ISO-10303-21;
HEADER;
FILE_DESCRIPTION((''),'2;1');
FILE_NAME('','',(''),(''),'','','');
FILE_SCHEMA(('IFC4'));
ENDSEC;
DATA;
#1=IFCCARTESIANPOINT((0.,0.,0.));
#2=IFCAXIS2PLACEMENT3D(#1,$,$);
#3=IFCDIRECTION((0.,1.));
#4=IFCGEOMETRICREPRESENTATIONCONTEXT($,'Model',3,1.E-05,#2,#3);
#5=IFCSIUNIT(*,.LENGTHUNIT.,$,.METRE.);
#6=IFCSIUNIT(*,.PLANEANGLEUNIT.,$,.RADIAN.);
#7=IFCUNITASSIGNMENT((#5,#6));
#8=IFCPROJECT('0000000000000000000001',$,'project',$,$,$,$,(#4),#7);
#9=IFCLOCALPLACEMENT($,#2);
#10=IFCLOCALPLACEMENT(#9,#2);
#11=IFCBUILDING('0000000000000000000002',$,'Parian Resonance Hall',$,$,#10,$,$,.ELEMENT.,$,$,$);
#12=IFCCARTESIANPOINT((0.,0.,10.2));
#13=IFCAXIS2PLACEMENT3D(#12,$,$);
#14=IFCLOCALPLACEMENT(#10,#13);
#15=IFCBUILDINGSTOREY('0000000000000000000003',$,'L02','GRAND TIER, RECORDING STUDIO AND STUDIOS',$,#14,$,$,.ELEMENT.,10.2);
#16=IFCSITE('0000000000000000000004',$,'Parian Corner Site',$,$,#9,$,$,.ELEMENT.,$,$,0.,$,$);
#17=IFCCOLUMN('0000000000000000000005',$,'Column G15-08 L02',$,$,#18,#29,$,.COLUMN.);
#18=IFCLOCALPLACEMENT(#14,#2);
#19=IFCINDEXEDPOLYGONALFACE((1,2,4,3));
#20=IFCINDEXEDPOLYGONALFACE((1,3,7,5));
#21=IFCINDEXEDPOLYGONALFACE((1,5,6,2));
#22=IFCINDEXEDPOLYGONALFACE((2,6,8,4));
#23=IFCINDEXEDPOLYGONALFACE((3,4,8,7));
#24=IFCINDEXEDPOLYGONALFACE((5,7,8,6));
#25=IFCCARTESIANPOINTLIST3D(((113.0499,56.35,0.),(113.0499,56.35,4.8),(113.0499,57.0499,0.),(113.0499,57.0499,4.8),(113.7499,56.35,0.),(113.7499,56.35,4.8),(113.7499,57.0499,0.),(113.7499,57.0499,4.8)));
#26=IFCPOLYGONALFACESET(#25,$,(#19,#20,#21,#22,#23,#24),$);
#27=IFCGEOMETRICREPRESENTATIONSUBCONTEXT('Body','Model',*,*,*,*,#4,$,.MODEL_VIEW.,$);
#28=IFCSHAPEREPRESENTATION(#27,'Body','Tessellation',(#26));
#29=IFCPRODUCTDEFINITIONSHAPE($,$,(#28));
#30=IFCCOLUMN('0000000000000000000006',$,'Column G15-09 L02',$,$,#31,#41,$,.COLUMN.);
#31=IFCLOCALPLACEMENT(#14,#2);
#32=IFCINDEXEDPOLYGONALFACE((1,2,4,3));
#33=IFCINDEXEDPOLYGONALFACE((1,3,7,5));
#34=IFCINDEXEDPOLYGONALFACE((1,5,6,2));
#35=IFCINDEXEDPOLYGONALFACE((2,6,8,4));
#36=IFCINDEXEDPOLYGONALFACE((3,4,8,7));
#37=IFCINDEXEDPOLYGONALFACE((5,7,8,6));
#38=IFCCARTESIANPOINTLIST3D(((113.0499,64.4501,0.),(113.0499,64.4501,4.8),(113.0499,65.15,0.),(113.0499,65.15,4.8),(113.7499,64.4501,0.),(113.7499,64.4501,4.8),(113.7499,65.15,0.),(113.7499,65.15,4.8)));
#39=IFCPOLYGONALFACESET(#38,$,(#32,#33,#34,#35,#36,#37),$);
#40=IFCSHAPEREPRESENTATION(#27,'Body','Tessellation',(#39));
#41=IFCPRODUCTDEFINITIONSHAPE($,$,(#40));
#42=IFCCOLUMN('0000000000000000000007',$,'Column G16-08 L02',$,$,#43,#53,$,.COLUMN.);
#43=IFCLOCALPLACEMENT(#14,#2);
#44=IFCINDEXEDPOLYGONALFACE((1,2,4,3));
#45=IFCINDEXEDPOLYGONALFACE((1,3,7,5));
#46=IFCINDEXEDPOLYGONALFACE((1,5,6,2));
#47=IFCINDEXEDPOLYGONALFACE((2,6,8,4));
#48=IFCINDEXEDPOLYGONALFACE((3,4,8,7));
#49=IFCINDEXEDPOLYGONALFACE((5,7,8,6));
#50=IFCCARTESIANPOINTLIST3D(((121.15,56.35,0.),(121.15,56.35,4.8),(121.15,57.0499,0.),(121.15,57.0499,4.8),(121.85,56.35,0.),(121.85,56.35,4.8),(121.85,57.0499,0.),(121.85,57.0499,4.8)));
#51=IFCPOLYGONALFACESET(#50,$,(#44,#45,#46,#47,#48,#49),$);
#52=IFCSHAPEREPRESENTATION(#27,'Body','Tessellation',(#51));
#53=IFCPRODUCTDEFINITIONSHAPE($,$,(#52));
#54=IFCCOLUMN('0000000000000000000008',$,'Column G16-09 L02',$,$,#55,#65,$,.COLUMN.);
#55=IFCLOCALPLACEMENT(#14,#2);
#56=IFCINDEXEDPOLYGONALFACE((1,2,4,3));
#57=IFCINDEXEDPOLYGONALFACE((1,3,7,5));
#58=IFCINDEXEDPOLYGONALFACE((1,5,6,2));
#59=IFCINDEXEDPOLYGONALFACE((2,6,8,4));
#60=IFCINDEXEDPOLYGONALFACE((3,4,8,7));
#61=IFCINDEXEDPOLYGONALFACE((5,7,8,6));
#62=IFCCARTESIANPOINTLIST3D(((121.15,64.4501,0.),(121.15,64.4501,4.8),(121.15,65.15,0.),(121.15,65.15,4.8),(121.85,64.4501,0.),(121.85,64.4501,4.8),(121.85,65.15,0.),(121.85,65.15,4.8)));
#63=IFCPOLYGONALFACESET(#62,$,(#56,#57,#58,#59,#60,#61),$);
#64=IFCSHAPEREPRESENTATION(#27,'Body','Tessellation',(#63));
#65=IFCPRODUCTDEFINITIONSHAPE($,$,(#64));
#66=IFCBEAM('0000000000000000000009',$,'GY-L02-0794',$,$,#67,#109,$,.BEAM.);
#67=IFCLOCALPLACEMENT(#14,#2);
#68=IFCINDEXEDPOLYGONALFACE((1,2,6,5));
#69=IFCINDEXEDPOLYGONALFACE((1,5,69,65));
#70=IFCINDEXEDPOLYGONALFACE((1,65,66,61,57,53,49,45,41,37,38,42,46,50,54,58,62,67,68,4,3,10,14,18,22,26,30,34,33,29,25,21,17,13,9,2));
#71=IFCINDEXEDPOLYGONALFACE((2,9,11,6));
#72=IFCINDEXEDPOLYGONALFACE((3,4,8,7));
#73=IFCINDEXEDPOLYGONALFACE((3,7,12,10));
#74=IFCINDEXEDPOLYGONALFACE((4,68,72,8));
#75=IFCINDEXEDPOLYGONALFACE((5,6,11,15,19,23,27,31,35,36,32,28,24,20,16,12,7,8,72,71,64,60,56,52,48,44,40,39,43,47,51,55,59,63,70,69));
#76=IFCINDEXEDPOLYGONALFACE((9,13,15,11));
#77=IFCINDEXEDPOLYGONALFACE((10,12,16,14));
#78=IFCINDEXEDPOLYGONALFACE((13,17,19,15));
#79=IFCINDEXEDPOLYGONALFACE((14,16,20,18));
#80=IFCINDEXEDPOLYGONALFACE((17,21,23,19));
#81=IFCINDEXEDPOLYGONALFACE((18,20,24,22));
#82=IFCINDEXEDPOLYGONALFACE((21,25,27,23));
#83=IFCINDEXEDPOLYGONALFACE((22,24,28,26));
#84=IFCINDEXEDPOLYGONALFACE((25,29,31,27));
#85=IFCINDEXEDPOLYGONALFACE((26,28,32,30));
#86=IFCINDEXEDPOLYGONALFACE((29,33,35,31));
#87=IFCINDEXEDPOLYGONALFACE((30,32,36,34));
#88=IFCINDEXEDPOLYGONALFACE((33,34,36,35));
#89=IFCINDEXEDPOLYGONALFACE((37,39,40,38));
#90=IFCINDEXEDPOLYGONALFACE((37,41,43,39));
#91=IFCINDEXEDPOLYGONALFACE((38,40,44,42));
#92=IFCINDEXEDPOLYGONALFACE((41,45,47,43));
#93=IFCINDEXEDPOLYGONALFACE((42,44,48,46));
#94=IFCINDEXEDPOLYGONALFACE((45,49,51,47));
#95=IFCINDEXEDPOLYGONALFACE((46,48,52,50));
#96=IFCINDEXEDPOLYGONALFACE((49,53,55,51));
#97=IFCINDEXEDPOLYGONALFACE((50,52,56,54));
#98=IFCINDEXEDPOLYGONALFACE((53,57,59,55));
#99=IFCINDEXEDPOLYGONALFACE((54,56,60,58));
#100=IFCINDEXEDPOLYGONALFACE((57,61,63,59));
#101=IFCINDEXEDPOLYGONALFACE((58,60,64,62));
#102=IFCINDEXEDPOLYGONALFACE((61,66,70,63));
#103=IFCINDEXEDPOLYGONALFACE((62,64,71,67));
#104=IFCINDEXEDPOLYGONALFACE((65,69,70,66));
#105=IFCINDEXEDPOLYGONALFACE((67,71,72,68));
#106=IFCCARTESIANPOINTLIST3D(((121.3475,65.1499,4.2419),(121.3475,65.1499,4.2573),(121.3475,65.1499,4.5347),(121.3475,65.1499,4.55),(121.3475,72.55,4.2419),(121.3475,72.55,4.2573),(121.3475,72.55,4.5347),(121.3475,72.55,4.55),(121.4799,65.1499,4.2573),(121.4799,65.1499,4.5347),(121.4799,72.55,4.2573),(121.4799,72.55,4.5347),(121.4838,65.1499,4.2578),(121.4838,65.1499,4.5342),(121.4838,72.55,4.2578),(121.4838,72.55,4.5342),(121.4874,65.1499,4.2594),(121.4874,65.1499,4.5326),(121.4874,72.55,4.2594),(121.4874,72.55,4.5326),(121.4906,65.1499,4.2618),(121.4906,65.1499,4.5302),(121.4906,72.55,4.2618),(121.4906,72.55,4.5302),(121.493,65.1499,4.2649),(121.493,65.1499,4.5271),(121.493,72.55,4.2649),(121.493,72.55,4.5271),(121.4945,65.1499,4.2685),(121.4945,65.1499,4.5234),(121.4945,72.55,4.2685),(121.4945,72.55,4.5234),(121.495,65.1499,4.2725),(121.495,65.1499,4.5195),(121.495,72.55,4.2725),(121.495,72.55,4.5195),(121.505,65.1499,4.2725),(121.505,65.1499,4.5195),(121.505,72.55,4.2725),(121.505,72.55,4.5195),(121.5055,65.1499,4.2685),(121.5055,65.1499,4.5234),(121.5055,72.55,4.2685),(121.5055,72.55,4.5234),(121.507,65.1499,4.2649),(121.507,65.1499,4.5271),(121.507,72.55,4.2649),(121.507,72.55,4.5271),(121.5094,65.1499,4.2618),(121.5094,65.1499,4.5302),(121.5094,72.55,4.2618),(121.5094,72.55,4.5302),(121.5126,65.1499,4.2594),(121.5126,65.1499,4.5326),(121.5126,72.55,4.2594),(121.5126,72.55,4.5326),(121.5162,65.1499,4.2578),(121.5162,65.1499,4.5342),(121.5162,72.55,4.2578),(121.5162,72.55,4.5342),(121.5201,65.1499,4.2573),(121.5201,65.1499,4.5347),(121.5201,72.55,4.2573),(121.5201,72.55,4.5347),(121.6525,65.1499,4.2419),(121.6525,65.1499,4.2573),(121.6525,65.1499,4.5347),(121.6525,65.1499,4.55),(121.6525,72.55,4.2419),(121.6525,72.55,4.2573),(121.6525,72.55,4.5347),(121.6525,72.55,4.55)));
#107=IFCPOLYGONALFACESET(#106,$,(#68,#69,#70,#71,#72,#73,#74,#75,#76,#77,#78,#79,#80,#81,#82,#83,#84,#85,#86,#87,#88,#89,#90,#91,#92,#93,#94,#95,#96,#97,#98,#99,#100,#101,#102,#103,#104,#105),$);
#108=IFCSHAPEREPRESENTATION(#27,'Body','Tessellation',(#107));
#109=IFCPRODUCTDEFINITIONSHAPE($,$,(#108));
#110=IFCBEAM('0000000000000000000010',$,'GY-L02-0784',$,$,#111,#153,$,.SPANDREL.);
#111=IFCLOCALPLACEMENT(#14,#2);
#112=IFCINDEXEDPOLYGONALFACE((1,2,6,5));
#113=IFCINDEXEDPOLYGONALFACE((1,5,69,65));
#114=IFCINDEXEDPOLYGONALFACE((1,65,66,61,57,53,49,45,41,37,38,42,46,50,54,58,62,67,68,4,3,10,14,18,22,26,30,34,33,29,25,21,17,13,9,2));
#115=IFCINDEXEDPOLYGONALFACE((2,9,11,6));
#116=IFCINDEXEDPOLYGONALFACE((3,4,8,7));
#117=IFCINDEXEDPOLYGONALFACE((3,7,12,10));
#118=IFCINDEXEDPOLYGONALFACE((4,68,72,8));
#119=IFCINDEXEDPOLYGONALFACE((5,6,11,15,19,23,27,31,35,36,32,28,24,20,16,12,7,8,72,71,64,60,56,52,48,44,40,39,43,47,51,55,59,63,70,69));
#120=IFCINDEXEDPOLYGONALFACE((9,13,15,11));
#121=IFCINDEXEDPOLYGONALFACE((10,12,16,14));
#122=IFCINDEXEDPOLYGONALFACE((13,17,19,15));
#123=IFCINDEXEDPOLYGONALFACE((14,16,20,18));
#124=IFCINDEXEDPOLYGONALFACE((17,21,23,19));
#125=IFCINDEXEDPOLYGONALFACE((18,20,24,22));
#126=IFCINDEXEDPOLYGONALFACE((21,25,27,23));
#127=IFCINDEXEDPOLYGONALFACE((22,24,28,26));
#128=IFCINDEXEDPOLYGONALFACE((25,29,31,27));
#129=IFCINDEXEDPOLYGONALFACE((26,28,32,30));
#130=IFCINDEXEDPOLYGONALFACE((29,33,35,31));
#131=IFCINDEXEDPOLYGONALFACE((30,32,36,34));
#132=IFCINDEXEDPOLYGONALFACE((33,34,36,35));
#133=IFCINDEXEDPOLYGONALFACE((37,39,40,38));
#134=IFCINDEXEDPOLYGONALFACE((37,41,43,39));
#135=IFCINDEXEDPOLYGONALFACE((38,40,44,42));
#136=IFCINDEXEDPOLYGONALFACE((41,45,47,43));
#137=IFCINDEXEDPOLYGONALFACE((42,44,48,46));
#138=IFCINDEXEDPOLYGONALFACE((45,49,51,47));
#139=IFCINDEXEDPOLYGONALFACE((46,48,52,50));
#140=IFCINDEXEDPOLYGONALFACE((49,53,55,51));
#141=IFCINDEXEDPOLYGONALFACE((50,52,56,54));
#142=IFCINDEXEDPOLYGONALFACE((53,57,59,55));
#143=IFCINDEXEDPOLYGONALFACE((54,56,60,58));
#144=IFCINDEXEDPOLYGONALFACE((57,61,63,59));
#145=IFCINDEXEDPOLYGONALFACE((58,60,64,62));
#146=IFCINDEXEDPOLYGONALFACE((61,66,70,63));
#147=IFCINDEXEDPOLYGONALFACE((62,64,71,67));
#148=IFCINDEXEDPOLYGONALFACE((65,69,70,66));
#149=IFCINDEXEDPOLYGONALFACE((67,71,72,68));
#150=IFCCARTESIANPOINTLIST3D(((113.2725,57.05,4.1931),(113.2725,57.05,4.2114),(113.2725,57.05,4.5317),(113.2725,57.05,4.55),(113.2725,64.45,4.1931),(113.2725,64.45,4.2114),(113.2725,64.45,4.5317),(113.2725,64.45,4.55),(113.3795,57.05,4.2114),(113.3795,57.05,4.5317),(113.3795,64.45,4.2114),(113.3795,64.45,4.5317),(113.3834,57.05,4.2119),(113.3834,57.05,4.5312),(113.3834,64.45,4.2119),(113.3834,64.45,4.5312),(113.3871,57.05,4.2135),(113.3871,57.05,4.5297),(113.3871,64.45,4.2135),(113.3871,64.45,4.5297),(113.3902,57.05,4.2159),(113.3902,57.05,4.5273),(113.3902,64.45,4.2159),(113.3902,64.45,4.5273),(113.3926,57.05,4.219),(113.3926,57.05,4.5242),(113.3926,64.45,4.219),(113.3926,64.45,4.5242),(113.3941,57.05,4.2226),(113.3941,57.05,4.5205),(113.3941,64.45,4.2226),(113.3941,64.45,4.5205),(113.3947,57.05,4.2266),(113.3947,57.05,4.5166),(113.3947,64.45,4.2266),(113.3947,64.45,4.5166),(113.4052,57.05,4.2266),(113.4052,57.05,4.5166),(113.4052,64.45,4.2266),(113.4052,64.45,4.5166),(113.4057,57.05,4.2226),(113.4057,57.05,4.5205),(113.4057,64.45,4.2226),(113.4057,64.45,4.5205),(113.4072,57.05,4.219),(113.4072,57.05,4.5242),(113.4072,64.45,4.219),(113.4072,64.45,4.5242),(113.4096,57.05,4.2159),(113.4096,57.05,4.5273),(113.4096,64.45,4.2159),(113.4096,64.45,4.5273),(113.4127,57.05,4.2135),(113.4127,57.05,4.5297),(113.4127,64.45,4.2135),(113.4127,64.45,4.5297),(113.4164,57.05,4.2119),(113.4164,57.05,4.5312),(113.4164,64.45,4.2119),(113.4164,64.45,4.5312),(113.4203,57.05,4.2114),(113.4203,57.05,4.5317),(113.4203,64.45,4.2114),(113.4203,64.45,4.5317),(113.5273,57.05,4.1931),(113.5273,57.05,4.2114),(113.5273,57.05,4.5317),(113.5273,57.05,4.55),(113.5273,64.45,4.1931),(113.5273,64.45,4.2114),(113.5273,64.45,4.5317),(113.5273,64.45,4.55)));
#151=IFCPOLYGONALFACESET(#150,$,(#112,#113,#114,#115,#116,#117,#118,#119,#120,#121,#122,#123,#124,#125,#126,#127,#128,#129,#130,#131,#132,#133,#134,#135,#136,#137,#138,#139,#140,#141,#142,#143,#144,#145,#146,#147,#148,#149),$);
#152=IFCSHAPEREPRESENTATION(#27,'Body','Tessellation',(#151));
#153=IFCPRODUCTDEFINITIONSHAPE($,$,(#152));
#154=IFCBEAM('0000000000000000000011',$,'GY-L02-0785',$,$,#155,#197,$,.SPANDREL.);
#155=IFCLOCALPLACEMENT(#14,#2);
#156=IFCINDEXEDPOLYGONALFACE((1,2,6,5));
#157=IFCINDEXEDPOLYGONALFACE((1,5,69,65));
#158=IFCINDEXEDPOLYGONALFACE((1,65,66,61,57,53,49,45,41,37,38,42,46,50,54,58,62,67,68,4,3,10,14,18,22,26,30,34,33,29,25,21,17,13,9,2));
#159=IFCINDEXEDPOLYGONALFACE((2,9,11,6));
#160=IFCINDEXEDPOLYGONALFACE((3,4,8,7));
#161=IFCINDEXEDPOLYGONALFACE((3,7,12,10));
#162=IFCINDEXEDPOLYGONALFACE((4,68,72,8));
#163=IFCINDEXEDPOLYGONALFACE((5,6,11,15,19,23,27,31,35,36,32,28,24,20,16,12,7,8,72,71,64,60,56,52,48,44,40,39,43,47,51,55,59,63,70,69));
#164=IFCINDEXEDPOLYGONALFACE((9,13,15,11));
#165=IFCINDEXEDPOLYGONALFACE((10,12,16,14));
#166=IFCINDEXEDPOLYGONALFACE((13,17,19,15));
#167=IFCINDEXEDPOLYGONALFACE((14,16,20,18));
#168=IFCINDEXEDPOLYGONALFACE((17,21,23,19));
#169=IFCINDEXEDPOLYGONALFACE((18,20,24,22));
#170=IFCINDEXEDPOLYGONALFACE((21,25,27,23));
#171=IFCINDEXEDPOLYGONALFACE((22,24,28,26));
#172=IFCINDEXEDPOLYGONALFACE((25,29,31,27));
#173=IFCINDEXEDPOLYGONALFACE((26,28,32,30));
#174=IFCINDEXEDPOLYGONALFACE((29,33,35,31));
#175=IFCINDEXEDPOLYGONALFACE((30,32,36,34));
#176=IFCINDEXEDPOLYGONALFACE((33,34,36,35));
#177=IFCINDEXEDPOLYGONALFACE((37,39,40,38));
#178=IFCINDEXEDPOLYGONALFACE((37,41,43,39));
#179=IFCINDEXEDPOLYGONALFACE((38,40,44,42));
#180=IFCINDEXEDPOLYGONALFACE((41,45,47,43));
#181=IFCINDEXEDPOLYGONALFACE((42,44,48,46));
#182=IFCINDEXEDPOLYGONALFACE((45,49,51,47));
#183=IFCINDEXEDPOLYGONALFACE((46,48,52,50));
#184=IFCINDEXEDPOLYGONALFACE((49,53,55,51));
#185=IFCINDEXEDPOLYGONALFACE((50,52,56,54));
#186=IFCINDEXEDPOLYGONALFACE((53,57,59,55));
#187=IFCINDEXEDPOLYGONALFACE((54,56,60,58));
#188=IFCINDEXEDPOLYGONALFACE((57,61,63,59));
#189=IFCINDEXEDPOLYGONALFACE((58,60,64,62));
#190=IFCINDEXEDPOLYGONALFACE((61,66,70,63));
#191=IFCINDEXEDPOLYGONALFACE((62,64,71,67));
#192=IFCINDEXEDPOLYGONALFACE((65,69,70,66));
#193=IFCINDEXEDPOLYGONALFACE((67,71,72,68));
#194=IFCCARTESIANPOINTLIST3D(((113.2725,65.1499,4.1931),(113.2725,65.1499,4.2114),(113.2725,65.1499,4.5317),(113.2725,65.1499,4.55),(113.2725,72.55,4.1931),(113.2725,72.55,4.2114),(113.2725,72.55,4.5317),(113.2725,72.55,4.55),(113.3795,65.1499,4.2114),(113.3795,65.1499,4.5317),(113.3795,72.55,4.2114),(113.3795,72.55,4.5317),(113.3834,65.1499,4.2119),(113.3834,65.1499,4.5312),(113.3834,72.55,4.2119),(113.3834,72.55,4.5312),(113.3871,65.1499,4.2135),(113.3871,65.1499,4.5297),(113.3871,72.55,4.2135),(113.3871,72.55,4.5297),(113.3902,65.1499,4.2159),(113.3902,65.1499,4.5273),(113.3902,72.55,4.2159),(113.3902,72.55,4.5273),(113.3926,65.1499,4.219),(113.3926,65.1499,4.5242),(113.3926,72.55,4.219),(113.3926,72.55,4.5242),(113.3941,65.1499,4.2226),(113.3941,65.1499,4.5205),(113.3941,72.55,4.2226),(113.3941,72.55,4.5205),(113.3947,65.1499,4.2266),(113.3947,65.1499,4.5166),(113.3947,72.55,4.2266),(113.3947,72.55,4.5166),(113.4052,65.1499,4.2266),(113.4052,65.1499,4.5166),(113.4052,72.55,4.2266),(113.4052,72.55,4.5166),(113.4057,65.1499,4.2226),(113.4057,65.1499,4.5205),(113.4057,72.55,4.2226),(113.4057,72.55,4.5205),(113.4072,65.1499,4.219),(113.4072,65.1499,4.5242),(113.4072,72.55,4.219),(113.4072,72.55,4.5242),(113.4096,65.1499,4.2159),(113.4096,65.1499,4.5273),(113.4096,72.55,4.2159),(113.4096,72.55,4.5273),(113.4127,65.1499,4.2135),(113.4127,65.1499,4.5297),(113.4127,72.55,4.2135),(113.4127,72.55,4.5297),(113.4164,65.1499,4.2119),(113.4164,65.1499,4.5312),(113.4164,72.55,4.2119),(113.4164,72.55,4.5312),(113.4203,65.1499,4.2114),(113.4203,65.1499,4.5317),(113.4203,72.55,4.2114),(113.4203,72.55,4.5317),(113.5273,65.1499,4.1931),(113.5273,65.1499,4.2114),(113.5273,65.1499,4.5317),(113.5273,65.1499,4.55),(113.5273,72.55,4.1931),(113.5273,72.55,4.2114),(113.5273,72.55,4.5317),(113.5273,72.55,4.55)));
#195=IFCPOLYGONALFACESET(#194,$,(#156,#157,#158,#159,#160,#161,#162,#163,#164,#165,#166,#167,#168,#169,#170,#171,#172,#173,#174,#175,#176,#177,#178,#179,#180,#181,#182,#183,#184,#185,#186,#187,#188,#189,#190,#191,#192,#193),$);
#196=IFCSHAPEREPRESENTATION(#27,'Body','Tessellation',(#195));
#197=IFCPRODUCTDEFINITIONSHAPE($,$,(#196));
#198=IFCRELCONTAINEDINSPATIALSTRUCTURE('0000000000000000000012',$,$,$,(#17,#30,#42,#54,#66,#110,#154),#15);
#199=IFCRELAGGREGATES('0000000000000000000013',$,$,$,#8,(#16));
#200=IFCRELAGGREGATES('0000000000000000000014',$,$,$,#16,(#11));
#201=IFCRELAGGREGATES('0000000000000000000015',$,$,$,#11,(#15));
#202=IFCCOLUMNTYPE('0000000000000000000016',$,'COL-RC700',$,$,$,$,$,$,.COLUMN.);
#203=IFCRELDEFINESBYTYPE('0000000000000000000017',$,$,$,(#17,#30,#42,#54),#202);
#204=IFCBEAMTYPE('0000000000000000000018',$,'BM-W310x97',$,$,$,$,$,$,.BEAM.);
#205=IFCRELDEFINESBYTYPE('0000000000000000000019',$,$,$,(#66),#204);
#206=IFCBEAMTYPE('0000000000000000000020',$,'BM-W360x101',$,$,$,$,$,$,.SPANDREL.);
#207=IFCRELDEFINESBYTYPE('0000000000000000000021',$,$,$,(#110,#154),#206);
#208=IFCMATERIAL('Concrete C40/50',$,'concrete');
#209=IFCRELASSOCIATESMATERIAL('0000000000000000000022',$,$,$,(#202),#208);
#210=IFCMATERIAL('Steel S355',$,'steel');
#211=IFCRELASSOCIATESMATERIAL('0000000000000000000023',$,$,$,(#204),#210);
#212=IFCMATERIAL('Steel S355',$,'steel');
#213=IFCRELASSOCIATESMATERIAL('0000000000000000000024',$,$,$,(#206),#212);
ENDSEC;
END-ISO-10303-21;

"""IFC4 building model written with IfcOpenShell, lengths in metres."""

from ifc_helpers import new_model, si_unit, direction, frame, origin, origin_2d, place, context, subcontext, project, spatial, rectangle, i_section, extrude, material, material_profile, profile_set, type_object, element, save


model = new_model("IFC4")

# Units and contexts
model_context = context("Model", 3, precision=1e-05, world=origin(), true_north=direction((0.0, 1.0)))
body_context = subcontext(model_context, "Body", "Model", "MODEL_VIEW")
ifc_project = project(units=[si_unit("LENGTHUNIT", "METRE"), si_unit("PLANEANGLEUNIT", "RADIAN")], contexts=[model_context])

# Site, building, storey
site_placement = place(None, origin())
site = spatial("IfcSite", under=ifc_project, at=site_placement, Name="Parian Corner Site", CompositionType="ELEMENT", RefElevation=0.0)
building_placement = place(site_placement, origin())
building = spatial("IfcBuilding", under=site, at=building_placement, Name="Parian Resonance Hall", CompositionType="ELEMENT")
storey_placement = place(building_placement, frame((0.0, 0.0, 10.2)))
storey = spatial("IfcBuildingStorey", under=building, at=storey_placement, Name="L02", Description="GRAND TIER, RECORDING STUDIO AND STUDIOS", CompositionType="ELEMENT", Elevation=10.2)

# Columns
ifc_material_1 = material(Name="Concrete C40/50", Category="concrete")
ifc_material_profile_1 = material_profile(ifc_material_1, rectangle(XDim=0.7, YDim=0.7, at=origin_2d()), Name="RC-COL-700x700")
ifc_profile_set_1 = profile_set([ifc_material_profile_1], Name="Concrete C40/50")
column_type = type_object("IfcColumnType", Name="COL-RC700", PredefinedType="COLUMN", material=ifc_profile_set_1)
for number, where, z_axis, x_axis, name in (
    (1, (113.3999, 56.7, 0.0), (0.0, 0.0, 1.0), (1.0, 0.0, 0.0), "Column G15-08 L02"),
    (2, (113.3999, 64.8, 0.0), (0.0, 0.0, 1.0), (1.0, 0.0, 0.0), "Column G15-09 L02"),
    (3, (121.5, 56.7, 0.0), (0.0, 0.0, 1.0), (1.0, 0.0, 0.0), "Column G16-08 L02"),
    (4, (121.5, 64.8, 0.0), (0.0, 0.0, 1.0), (1.0, 0.0, 0.0), "Column G16-09 L02"),
):
    element("IfcColumn", number, at=place(storey_placement, frame(where, z_axis=z_axis, x_axis=x_axis)), inside=storey, type_object=column_type, Name=name, PredefinedType="COLUMN", context=body_context, shape_type="SweptSolid", body=[
        extrude(rectangle(XDim=0.7, YDim=0.7, at=origin_2d()), origin(), (0.0, 0.0, 1.0), 4.8),
    ])

# Beams
ifc_material_2 = material(Name="Steel S355", Category="steel")
ifc_material_profile_2 = material_profile(ifc_material_2, i_section(OverallWidth=0.3049, OverallDepth=0.3081, WebThickness=0.01, FlangeThickness=0.0154, FilletRadius=0.0151, at=origin_2d()), Name="W310x97")
ifc_profile_set_2 = profile_set([ifc_material_profile_2], Name="Steel S355")
beam_type_1 = type_object("IfcBeamType", Name="BM-W310x97", PredefinedType="BEAM", material=ifc_profile_set_2)
beam_1_placement = place(storey_placement, frame((121.5, 65.1499, 4.396), z_axis=(0.0, 1.0, 0.0), x_axis=(-1.0, 0.0, 0.0)))
element("IfcBeam", 5, at=beam_1_placement, inside=storey, type_object=beam_type_1, Name="GY-L02-0794", PredefinedType="BEAM", context=body_context, shape_type="SweptSolid", body=[
    extrude(i_section(OverallWidth=0.3049, OverallDepth=0.3081, WebThickness=0.01, FlangeThickness=0.0154, FilletRadius=0.0151, at=origin_2d()), origin(), (0.0, 0.0, 1.0), 7.4001),
])
ifc_material_3 = material(Name="Steel S355", Category="steel")
ifc_material_profile_3 = material_profile(ifc_material_3, i_section(OverallWidth=0.2549, OverallDepth=0.3569, WebThickness=0.0105, FlangeThickness=0.0183, FilletRadius=0.0151, at=origin_2d()), Name="W360x101")
ifc_profile_set_3 = profile_set([ifc_material_profile_3], Name="Steel S355")
beam_type_2 = type_object("IfcBeamType", Name="BM-W360x101", PredefinedType="SPANDREL", material=ifc_profile_set_3)
beam_2_placement = place(storey_placement, frame((113.3999, 57.05, 4.3716), z_axis=(0.0, 1.0, 0.0), x_axis=(-1.0, 0.0, 0.0)))
element("IfcBeam", 6, at=beam_2_placement, inside=storey, type_object=beam_type_2, Name="GY-L02-0784", PredefinedType="SPANDREL", context=body_context, shape_type="SweptSolid", body=[
    extrude(i_section(OverallWidth=0.2549, OverallDepth=0.3569, WebThickness=0.0105, FlangeThickness=0.0183, FilletRadius=0.0151, at=origin_2d()), origin(), (0.0, 0.0, 1.0), 7.3999),
])
beam_3_placement = place(storey_placement, frame((113.3999, 65.1499, 4.3716), z_axis=(0.0, 1.0, 0.0), x_axis=(-1.0, 0.0, 0.0)))
element("IfcBeam", 7, at=beam_3_placement, inside=storey, type_object=beam_type_2, Name="GY-L02-0785", PredefinedType="SPANDREL", context=body_context, shape_type="SweptSolid", body=[
    extrude(i_section(OverallWidth=0.2549, OverallDepth=0.3569, WebThickness=0.0105, FlangeThickness=0.0183, FilletRadius=0.0151, at=origin_2d()), origin(), (0.0, 0.0, 1.0), 7.4001),
])

save(model, "model.ifc")
